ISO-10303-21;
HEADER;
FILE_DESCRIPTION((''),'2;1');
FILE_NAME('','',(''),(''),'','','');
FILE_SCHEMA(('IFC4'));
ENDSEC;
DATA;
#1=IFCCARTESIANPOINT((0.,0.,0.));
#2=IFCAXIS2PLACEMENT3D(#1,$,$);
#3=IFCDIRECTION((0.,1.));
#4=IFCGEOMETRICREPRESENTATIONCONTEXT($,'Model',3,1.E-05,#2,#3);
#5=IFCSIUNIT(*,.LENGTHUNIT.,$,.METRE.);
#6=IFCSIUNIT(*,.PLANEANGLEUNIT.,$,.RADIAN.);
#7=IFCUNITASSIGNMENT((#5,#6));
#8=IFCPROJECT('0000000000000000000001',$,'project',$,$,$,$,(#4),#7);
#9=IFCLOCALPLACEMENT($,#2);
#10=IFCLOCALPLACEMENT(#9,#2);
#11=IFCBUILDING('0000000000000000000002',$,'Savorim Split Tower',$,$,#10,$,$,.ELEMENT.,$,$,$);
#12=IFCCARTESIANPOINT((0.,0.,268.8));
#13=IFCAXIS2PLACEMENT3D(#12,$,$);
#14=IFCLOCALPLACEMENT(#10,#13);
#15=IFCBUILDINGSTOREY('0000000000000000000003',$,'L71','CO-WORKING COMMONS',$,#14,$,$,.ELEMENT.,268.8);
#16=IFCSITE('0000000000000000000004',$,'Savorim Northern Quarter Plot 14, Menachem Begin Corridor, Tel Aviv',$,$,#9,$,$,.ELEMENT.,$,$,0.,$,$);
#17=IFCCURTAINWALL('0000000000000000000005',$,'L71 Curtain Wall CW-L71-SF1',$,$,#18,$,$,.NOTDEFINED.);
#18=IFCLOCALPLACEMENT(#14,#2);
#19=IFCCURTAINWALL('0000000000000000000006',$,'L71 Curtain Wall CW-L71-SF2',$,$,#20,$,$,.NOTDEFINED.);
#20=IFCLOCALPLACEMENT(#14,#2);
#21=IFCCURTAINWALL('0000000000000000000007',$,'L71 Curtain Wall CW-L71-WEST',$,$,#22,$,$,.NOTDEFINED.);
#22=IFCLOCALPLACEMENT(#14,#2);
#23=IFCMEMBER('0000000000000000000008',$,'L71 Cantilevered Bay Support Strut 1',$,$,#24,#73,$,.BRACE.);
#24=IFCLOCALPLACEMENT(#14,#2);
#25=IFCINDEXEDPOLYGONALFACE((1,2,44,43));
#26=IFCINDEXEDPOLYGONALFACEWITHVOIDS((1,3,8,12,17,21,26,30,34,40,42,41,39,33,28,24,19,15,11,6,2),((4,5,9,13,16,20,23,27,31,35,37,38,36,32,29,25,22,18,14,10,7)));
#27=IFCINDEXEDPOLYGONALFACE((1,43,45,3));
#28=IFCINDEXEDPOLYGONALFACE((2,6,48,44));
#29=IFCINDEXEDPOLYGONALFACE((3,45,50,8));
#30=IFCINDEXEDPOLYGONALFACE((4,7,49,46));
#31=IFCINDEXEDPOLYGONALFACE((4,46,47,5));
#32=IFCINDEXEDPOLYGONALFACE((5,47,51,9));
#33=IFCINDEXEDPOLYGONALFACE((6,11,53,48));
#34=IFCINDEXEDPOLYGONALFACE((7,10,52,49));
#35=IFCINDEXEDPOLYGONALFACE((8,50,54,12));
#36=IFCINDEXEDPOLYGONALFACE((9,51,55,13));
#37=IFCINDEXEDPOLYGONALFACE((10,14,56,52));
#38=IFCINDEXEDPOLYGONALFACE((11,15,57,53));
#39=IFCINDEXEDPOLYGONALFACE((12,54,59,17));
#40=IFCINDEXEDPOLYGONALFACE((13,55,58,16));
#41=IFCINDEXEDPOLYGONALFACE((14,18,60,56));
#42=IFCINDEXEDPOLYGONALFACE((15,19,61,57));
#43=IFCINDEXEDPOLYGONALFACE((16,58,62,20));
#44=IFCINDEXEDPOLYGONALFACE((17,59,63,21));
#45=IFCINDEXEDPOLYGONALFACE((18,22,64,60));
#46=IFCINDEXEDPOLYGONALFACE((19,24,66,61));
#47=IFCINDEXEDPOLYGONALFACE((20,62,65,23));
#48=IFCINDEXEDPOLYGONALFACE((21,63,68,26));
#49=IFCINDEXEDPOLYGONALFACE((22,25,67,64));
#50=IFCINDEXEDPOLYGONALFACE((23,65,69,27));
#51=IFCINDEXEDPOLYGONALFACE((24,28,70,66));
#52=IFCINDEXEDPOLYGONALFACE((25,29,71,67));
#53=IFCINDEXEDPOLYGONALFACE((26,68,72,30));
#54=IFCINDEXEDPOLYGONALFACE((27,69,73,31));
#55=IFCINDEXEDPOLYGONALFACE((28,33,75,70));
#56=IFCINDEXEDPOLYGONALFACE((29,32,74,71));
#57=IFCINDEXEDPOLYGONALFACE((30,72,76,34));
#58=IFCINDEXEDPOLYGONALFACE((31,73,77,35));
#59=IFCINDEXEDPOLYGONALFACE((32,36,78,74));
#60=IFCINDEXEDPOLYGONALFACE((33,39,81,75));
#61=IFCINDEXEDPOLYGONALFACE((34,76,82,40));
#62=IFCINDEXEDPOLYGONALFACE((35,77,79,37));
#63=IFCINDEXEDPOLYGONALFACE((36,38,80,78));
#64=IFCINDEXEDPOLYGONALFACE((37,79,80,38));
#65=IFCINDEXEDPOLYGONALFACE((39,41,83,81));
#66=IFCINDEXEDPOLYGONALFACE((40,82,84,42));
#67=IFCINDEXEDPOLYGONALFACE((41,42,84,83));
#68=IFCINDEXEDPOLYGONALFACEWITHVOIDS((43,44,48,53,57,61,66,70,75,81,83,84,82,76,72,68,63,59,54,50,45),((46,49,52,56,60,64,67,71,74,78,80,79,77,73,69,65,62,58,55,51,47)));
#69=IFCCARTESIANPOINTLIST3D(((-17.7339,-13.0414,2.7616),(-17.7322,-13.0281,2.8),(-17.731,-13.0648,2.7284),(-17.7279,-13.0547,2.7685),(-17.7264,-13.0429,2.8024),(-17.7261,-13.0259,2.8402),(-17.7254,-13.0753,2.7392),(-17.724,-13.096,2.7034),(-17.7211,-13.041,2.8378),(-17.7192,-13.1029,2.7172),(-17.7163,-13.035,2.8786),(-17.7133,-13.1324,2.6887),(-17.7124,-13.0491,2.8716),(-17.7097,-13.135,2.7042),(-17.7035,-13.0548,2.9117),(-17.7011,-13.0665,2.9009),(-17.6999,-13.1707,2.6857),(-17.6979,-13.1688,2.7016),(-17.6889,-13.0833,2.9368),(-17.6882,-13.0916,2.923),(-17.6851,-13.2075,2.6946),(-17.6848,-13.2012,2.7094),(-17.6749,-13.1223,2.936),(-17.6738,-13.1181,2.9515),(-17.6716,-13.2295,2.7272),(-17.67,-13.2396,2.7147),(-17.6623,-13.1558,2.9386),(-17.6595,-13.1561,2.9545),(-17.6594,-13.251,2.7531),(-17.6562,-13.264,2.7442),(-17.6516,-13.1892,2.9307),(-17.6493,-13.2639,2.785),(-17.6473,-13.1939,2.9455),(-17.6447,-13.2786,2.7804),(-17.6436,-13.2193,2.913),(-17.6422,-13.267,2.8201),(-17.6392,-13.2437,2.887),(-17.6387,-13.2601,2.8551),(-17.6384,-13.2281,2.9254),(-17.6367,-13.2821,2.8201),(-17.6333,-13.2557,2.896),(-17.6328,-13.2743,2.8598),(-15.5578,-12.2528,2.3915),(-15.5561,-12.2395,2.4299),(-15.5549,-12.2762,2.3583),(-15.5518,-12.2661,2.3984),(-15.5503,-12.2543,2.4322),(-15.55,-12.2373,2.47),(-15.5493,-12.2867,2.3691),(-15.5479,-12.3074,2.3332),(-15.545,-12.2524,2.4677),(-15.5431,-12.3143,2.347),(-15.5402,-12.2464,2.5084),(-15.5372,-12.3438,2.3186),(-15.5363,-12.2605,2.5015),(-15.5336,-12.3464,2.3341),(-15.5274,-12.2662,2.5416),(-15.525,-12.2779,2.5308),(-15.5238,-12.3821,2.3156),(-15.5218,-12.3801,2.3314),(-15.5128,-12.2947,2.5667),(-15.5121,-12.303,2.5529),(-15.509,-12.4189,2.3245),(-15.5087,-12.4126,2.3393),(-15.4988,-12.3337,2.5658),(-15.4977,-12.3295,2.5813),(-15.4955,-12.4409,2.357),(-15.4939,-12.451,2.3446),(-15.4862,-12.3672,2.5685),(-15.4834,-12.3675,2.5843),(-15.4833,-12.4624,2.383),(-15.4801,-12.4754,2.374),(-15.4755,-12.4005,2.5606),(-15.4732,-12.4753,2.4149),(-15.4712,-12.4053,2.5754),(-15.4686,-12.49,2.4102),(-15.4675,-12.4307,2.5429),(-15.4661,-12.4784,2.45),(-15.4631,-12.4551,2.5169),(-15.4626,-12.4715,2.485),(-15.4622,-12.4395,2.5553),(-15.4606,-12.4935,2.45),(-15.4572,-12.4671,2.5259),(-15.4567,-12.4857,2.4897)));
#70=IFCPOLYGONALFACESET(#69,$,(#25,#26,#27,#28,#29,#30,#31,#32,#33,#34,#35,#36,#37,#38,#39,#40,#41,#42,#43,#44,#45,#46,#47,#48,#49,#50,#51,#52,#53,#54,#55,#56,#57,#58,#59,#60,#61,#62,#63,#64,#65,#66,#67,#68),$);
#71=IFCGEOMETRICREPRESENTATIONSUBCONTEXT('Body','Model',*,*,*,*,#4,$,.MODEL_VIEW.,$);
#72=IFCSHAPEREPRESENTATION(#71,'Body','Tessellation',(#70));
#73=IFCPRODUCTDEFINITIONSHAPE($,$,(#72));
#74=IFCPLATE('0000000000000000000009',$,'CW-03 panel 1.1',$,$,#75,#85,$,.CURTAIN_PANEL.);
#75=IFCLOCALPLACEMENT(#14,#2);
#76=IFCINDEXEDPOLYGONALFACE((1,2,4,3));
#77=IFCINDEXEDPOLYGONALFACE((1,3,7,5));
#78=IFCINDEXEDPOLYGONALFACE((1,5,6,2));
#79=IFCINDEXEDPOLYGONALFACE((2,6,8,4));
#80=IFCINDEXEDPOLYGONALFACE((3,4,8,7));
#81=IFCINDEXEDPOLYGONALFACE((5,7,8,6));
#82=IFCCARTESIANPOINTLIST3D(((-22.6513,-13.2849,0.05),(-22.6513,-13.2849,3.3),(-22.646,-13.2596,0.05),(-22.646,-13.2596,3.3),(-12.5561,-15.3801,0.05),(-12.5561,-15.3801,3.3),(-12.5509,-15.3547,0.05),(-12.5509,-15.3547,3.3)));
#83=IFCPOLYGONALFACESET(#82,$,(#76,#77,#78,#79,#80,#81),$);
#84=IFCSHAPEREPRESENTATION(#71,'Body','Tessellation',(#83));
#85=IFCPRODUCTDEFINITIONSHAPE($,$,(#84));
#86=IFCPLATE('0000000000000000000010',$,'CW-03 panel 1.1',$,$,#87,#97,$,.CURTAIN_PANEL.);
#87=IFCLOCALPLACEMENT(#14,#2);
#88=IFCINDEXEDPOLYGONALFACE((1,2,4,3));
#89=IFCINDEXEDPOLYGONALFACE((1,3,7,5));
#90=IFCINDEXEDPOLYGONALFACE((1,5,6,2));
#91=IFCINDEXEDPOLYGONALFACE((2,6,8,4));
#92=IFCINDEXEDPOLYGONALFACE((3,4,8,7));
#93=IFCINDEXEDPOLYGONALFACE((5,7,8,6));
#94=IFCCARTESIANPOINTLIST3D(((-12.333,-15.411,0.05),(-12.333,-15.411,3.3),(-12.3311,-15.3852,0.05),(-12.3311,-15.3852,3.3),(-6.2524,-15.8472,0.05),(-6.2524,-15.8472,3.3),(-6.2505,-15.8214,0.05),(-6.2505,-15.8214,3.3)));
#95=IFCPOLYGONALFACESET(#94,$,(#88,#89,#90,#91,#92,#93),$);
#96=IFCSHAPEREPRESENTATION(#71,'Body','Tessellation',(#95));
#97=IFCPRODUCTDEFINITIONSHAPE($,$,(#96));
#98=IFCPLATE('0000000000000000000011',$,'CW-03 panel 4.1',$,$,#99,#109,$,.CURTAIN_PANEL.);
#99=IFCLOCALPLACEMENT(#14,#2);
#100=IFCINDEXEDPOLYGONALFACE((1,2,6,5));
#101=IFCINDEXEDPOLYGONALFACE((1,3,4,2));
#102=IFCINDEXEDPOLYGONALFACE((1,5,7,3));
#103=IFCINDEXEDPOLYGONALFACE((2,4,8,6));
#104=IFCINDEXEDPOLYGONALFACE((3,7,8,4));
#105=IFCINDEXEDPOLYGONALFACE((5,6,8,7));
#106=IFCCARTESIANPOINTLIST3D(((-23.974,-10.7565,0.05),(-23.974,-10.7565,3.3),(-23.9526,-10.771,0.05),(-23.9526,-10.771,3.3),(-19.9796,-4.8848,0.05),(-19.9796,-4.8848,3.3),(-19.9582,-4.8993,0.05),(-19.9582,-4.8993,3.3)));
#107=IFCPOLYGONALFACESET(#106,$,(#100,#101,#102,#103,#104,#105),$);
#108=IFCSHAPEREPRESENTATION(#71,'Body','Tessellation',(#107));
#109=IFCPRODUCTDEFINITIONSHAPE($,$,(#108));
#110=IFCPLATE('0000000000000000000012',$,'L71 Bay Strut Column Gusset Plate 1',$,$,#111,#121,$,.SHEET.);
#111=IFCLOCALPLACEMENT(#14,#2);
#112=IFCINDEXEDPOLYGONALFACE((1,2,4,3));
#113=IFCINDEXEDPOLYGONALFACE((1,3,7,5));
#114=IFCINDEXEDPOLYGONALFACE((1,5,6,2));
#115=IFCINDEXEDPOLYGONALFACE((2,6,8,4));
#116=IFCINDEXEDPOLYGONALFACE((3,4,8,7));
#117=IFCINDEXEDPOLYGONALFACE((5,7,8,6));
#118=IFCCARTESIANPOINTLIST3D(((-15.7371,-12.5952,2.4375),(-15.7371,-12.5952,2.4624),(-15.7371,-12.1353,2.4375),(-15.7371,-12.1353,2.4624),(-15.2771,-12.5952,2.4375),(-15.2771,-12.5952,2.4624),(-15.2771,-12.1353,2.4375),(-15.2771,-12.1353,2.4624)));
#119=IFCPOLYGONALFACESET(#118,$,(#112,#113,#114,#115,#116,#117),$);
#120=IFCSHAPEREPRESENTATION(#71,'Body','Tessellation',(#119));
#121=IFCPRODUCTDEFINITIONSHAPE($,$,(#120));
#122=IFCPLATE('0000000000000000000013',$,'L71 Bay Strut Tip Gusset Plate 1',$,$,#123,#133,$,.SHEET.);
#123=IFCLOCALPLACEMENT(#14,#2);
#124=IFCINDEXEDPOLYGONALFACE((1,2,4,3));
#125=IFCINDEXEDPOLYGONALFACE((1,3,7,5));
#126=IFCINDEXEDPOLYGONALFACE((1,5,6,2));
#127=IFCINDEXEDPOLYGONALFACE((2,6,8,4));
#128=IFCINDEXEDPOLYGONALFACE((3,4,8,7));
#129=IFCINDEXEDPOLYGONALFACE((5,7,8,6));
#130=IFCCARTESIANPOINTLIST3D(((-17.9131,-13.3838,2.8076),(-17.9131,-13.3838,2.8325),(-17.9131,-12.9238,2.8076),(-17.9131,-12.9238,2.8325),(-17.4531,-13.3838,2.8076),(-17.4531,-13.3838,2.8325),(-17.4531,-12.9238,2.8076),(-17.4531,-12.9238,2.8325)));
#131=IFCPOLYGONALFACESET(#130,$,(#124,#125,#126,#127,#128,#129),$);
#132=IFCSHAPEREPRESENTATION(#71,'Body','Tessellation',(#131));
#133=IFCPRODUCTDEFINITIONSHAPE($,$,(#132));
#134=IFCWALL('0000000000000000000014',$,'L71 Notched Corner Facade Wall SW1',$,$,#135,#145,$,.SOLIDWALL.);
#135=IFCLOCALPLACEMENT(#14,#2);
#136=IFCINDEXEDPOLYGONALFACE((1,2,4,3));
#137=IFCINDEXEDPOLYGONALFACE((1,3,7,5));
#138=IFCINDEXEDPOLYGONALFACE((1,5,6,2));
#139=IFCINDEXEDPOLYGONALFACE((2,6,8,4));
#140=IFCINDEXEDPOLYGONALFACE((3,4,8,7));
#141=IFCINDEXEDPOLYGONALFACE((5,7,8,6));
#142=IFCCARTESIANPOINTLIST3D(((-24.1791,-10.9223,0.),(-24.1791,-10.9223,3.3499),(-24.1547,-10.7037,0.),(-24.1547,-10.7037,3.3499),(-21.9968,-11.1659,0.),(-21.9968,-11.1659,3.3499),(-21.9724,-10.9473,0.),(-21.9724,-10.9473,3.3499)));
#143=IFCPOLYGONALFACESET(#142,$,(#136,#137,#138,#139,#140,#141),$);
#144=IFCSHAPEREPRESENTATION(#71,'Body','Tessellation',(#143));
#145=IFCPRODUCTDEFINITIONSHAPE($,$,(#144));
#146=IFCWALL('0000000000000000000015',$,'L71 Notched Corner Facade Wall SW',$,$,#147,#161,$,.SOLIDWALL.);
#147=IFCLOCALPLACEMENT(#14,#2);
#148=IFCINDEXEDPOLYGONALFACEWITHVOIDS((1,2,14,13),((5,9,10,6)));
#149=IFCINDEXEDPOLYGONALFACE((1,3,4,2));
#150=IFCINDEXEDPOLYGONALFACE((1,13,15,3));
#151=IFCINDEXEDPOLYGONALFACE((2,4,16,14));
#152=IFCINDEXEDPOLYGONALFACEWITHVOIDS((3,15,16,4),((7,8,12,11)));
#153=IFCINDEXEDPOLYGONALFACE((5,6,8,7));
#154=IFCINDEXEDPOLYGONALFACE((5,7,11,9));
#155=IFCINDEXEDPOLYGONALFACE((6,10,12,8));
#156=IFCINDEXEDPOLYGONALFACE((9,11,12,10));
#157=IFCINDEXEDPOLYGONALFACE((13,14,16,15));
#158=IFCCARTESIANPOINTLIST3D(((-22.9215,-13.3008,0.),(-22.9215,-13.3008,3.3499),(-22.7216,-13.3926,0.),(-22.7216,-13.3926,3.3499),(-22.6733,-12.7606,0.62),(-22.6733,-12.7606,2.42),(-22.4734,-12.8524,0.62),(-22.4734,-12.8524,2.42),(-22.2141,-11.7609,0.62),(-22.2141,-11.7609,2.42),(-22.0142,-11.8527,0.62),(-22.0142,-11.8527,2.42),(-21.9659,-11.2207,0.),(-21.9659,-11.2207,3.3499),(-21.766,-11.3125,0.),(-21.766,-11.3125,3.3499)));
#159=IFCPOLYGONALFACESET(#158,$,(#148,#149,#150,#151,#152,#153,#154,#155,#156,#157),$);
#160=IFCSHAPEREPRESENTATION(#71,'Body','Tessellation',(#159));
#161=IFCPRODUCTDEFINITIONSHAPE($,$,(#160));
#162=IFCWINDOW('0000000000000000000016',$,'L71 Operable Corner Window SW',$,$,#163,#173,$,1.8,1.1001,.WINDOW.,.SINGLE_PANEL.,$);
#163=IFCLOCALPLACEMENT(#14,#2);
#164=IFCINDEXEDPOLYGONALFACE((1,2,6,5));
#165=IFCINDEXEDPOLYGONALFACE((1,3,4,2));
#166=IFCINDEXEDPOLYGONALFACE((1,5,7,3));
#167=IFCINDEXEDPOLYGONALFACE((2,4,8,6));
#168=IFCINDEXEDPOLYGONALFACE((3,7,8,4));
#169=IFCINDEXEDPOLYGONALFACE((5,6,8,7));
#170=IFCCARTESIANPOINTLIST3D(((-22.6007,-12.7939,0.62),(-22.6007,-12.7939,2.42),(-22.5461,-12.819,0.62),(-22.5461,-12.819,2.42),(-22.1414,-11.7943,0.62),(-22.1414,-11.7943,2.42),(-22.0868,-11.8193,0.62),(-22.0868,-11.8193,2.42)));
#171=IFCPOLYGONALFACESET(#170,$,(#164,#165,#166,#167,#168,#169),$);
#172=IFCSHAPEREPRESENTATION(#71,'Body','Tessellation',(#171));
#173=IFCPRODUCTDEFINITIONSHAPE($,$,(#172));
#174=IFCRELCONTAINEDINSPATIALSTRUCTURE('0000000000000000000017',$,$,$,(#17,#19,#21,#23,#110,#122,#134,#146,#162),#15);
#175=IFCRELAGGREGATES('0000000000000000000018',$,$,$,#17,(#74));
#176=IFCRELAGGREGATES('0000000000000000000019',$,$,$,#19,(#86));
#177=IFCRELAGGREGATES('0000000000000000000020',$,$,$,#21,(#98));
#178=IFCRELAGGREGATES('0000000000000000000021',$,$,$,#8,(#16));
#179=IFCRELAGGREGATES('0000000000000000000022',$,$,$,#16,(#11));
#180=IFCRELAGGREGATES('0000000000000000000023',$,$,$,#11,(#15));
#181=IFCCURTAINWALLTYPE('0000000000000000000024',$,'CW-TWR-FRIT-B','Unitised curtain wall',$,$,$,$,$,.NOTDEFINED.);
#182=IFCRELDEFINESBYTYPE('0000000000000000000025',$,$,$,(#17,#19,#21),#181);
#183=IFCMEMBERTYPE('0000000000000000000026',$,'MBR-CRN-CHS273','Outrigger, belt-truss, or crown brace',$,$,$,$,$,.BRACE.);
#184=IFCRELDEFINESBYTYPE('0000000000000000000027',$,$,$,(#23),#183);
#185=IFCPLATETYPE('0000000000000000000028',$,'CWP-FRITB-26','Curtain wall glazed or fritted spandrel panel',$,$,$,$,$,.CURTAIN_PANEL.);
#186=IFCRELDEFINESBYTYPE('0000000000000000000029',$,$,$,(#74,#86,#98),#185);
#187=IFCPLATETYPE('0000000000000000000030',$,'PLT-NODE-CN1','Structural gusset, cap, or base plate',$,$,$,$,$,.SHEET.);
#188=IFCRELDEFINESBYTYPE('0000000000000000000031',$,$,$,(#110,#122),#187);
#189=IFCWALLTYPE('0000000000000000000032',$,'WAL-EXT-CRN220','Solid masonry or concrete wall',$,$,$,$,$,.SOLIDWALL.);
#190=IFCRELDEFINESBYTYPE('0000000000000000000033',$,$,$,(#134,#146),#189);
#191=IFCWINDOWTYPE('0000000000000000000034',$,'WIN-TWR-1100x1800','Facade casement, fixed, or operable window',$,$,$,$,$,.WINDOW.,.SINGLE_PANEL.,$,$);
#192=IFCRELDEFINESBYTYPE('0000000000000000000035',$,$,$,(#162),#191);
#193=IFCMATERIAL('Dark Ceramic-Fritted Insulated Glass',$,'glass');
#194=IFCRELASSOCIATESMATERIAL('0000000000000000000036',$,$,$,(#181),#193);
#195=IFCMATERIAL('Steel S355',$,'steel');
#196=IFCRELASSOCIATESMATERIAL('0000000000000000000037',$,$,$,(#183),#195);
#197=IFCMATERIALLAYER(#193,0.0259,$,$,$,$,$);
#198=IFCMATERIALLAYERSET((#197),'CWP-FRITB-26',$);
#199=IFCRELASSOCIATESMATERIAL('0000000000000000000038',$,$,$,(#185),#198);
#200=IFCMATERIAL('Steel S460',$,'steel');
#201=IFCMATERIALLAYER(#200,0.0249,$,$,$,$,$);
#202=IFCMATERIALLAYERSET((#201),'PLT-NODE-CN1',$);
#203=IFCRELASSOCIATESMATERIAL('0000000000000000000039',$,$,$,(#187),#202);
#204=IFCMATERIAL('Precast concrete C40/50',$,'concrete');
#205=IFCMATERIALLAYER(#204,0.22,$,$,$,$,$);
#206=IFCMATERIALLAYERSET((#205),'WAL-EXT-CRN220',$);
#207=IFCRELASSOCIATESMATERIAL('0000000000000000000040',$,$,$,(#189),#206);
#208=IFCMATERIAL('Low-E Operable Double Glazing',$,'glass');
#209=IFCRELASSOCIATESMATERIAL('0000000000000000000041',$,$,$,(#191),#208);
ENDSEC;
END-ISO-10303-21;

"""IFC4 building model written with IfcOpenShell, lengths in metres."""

from ifc_helpers import new_model, si_unit, direction, frame, frame_2d, origin, origin_2d, place, context, subcontext, project, spatial, rectangle, hollow_circle, extrude, material, layer, layer_set, material_profile, profile_set, type_object, element, fill, aggregate, save


model = new_model("IFC4")

# Units and contexts
model_context = context("Model", 3, precision=1e-05, world=origin(), true_north=direction((0.0, 1.0)))
body_context = subcontext(model_context, "Body", "Model", "MODEL_VIEW")
ifc_project = project(units=[si_unit("LENGTHUNIT", "METRE"), si_unit("PLANEANGLEUNIT", "RADIAN")], contexts=[model_context])

# Site, building, storey
site_placement = place(None, origin())
site = spatial("IfcSite", under=ifc_project, at=site_placement, Name="Savorim Northern Quarter Plot 14, Menachem Begin Corridor, Tel Aviv", CompositionType="ELEMENT", RefElevation=0.0)
building_placement = place(site_placement, origin())
building = spatial("IfcBuilding", under=site, at=building_placement, Name="Savorim Split Tower", CompositionType="ELEMENT")
storey_placement = place(building_placement, frame((0.0, 0.0, 268.8)))
storey = spatial("IfcBuildingStorey", under=building, at=storey_placement, Name="L71", Description="CO-WORKING COMMONS", CompositionType="ELEMENT", Elevation=268.8)

# Shared definitions
ifc_material_1 = material(Name="Steel S355", Category="steel")

# Curtain wall
ifc_material_2 = material(Name="Dark Ceramic-Fritted Insulated Glass", Category="glass")
curtain_wall_type = type_object("IfcCurtainWallType", Name="CW-TWR-FRIT-B", Description="Unitised curtain wall", PredefinedType="NOTDEFINED", material=ifc_material_2)
curtain_wall_1_placement = place(storey_placement, origin())
curtain_wall_1 = element("IfcCurtainWall", 1, at=curtain_wall_1_placement, inside=storey, type_object=curtain_wall_type, Name="L71 Curtain Wall CW-L71-SF1", PredefinedType="NOTDEFINED")

# Curtain walls
curtain_wall_2_placement = place(storey_placement, origin())
curtain_wall_2 = element("IfcCurtainWall", 2, at=curtain_wall_2_placement, inside=storey, type_object=curtain_wall_type, Name="L71 Curtain Wall CW-L71-SF2", PredefinedType="NOTDEFINED")
curtain_wall_3_placement = place(storey_placement, origin())
curtain_wall_3 = element("IfcCurtainWall", 3, at=curtain_wall_3_placement, inside=storey, type_object=curtain_wall_type, Name="L71 Curtain Wall CW-L71-WEST", PredefinedType="NOTDEFINED")

# Member
ifc_material_profile_1 = material_profile(ifc_material_1, hollow_circle(Radius=0.1365, WallThickness=0.0161, at=origin_2d()), Name="CHS 273x16")
ifc_profile_set_1 = profile_set([ifc_material_profile_1], Name="Steel S355")
member_type_1 = type_object("IfcMemberType", Name="MBR-CRN-CHS273", Description="Outrigger, belt-truss, or crown brace", PredefinedType="BRACE", material=ifc_profile_set_1)
member_1_placement = place(storey_placement, frame((-15.5071, -12.3652, 2.45), z_axis=(-0.928373, -0.336435, 0.157906), x_axis=(0.34071, -0.940169, 0.0)))
element("IfcMember", 4, at=member_1_placement, inside=storey, type_object=member_type_1, Name="L71 Cantilevered Bay Support Strut 1", PredefinedType="BRACE", context=body_context, shape_type="SweptSolid", body=[
    extrude(hollow_circle(Radius=0.1365, WallThickness=0.0161, at=origin_2d()), origin(), (0.0, 0.0, 1.0), 2.344),
])

# Plates
ifc_layer_1 = layer(ifc_material_2, 0.0259)
ifc_layer_set_1 = layer_set([ifc_layer_1], Name="CWP-FRITB-26")
plate_type_1 = type_object("IfcPlateType", Name="CWP-FRITB-26", Description="Curtain wall glazed or fritted spandrel panel", PredefinedType="CURTAIN_PANEL", material=ifc_layer_set_1)
plate_1_placement = place(storey_placement, frame((-17.6011, -14.3198, 0.05), z_axis=(0.0, 0.0, 1.0), x_axis=(0.979136, -0.203208, 0.0)))
plate_1 = element("IfcPlate", 5, at=plate_1_placement, type_object=plate_type_1, Name="CW-03 panel 1.1", PredefinedType="CURTAIN_PANEL", context=body_context, shape_type="SweptSolid", body=[
    extrude(rectangle(XDim=10.3103, YDim=0.0259, at=origin_2d()), origin(), (0.0, 0.0, 1.0), 3.25),
])
aggregate(curtain_wall_1, [plate_1])
plate_2_placement = place(storey_placement, frame((-9.2917, -15.6162, 0.05), z_axis=(0.0, 0.0, 1.0), x_axis=(0.997436, -0.071562, 0.0)))
plate_2 = element("IfcPlate", 6, at=plate_2_placement, type_object=plate_type_1, Name="CW-03 panel 1.1", PredefinedType="CURTAIN_PANEL", context=body_context, shape_type="SweptSolid", body=[
    extrude(rectangle(XDim=6.0962, YDim=0.0259, at=origin_2d()), origin(), (0.0, 0.0, 1.0), 3.25),
])
aggregate(curtain_wall_2, [plate_2])
plate_3_placement = place(storey_placement, frame((-21.9661, -7.8279, 0.05), z_axis=(0.0, 0.0, 1.0), x_axis=(-0.56247, -0.826817, 0.0)))
plate_3 = element("IfcPlate", 7, at=plate_3_placement, type_object=plate_type_1, Name="CW-03 panel 4.1", PredefinedType="CURTAIN_PANEL", context=body_context, shape_type="SweptSolid", body=[
    extrude(rectangle(XDim=7.1016, YDim=0.0259, at=origin_2d()), origin(), (0.0, 0.0, 1.0), 3.25),
])
aggregate(curtain_wall_3, [plate_3])

# Plates
ifc_material_3 = material(Name="Steel S460", Category="steel")
ifc_layer_2 = layer(ifc_material_3, 0.0249)
ifc_layer_set_2 = layer_set([ifc_layer_2], Name="PLT-NODE-CN1")
plate_type_2 = type_object("IfcPlateType", Name="PLT-NODE-CN1", Description="Structural gusset, cap, or base plate", PredefinedType="SHEET", material=ifc_layer_set_2)
for number, where, z_axis, x_axis, name in (
    (8, (-15.5071, -12.3652, 2.4375), (0.0, 0.0, 1.0), (1.0, 0.0, 0.0), "L71 Bay Strut Column Gusset Plate 1"),
    (9, (-17.6831, -13.1538, 2.8076), (0.0, 0.0, 1.0), (1.0, 0.0, 0.0), "L71 Bay Strut Tip Gusset Plate 1"),
):
    element("IfcPlate", number, at=place(storey_placement, frame(where, z_axis=z_axis, x_axis=x_axis)), inside=storey, type_object=plate_type_2, Name=name, PredefinedType="SHEET", context=body_context, shape_type="SweptSolid", body=[
        extrude(rectangle(XDim=0.46, YDim=0.46, at=origin_2d()), origin(), (0.0, 0.0, 1.0), 0.0249),
    ])

# Wall
ifc_material_4 = material(Name="Precast concrete C40/50", Category="concrete")
ifc_layer_3 = layer(ifc_material_4, 0.22)
ifc_layer_set_3 = layer_set([ifc_layer_3], Name="WAL-EXT-CRN220")
wall_type_1 = type_object("IfcWallType", Name="WAL-EXT-CRN220", Description="Solid masonry or concrete wall", PredefinedType="SOLIDWALL", material=ifc_layer_set_3)
wall_1_placement = place(storey_placement, frame((-21.9846, -11.0566, 0.0), z_axis=(0.0, 0.0, 1.0), x_axis=(-0.993824, 0.110968, 0.0)))
element("IfcWall", 10, at=wall_1_placement, inside=storey, type_object=wall_type_1, Name="L71 Notched Corner Facade Wall SW1", PredefinedType="SOLIDWALL", context=body_context, shape_type="SweptSolid", body=[
    extrude(rectangle(XDim=2.1958, YDim=0.22, at=frame_2d((1.0979, 0.0))), origin(), (0.0, 0.0, 1.0), 3.3499),
])

# Wall, opening, window
wall_2_placement = place(storey_placement, frame((-22.8215, -13.3467, 0.0), z_axis=(0.0, 0.0, 1.0), x_axis=(0.417448, 0.908701, 0.0)))
wall_2 = element("IfcWall", 11, at=wall_2_placement, inside=storey, type_object=wall_type_1, Name="L71 Notched Corner Facade Wall SW", PredefinedType="SOLIDWALL", context=body_context, shape_type="SweptSolid", body=[
    extrude(rectangle(XDim=2.2891, YDim=0.22, at=frame_2d((1.1445, 0.0))), origin(), (0.0, 0.0, 1.0), 3.3499),
])
opening_1_placement = place(wall_2_placement, frame((0.5945, 0.0, 0.6201)))
opening_1 = element("IfcOpeningElement", 12, at=opening_1_placement, cuts=wall_2, PredefinedType="OPENING", context=body_context, shape_type="SweptSolid", body=[
    extrude(rectangle(XDim=1.1001, YDim=1.8, at=frame_2d((0.55, 0.8999))), frame((0.0, 0.1199, 0.0), z_axis=(0.0, -1.0, 0.0), x_axis=(1.0, 0.0, 0.0)), (0.0, 0.0, 1.0), 0.24),
])
ifc_material_5 = material(Name="Low-E Operable Double Glazing", Category="glass")
window_type = type_object("IfcWindowType", Name="WIN-TWR-1100x1800", Description="Facade casement, fixed, or operable window", PartitioningType="SINGLE_PANEL", PredefinedType="WINDOW", material=ifc_material_5)
window_placement = place(opening_1_placement, origin())
window = element("IfcWindow", 13, at=window_placement, inside=storey, type_object=window_type, Name="L71 Operable Corner Window SW", OverallHeight=1.8, OverallWidth=1.1001, PartitioningType="SINGLE_PANEL", PredefinedType="WINDOW", context=body_context, shape_type="SweptSolid", body=[
    extrude(rectangle(XDim=1.1001, YDim=1.8, at=frame_2d((0.55, 0.8999))), frame((0.0, 0.03, 0.0), z_axis=(0.0, -1.0, 0.0), x_axis=(1.0, 0.0, 0.0)), (0.0, 0.0, 1.0), 0.0601),
])
fill(opening_1, window)

save(model, "model.ifc")
